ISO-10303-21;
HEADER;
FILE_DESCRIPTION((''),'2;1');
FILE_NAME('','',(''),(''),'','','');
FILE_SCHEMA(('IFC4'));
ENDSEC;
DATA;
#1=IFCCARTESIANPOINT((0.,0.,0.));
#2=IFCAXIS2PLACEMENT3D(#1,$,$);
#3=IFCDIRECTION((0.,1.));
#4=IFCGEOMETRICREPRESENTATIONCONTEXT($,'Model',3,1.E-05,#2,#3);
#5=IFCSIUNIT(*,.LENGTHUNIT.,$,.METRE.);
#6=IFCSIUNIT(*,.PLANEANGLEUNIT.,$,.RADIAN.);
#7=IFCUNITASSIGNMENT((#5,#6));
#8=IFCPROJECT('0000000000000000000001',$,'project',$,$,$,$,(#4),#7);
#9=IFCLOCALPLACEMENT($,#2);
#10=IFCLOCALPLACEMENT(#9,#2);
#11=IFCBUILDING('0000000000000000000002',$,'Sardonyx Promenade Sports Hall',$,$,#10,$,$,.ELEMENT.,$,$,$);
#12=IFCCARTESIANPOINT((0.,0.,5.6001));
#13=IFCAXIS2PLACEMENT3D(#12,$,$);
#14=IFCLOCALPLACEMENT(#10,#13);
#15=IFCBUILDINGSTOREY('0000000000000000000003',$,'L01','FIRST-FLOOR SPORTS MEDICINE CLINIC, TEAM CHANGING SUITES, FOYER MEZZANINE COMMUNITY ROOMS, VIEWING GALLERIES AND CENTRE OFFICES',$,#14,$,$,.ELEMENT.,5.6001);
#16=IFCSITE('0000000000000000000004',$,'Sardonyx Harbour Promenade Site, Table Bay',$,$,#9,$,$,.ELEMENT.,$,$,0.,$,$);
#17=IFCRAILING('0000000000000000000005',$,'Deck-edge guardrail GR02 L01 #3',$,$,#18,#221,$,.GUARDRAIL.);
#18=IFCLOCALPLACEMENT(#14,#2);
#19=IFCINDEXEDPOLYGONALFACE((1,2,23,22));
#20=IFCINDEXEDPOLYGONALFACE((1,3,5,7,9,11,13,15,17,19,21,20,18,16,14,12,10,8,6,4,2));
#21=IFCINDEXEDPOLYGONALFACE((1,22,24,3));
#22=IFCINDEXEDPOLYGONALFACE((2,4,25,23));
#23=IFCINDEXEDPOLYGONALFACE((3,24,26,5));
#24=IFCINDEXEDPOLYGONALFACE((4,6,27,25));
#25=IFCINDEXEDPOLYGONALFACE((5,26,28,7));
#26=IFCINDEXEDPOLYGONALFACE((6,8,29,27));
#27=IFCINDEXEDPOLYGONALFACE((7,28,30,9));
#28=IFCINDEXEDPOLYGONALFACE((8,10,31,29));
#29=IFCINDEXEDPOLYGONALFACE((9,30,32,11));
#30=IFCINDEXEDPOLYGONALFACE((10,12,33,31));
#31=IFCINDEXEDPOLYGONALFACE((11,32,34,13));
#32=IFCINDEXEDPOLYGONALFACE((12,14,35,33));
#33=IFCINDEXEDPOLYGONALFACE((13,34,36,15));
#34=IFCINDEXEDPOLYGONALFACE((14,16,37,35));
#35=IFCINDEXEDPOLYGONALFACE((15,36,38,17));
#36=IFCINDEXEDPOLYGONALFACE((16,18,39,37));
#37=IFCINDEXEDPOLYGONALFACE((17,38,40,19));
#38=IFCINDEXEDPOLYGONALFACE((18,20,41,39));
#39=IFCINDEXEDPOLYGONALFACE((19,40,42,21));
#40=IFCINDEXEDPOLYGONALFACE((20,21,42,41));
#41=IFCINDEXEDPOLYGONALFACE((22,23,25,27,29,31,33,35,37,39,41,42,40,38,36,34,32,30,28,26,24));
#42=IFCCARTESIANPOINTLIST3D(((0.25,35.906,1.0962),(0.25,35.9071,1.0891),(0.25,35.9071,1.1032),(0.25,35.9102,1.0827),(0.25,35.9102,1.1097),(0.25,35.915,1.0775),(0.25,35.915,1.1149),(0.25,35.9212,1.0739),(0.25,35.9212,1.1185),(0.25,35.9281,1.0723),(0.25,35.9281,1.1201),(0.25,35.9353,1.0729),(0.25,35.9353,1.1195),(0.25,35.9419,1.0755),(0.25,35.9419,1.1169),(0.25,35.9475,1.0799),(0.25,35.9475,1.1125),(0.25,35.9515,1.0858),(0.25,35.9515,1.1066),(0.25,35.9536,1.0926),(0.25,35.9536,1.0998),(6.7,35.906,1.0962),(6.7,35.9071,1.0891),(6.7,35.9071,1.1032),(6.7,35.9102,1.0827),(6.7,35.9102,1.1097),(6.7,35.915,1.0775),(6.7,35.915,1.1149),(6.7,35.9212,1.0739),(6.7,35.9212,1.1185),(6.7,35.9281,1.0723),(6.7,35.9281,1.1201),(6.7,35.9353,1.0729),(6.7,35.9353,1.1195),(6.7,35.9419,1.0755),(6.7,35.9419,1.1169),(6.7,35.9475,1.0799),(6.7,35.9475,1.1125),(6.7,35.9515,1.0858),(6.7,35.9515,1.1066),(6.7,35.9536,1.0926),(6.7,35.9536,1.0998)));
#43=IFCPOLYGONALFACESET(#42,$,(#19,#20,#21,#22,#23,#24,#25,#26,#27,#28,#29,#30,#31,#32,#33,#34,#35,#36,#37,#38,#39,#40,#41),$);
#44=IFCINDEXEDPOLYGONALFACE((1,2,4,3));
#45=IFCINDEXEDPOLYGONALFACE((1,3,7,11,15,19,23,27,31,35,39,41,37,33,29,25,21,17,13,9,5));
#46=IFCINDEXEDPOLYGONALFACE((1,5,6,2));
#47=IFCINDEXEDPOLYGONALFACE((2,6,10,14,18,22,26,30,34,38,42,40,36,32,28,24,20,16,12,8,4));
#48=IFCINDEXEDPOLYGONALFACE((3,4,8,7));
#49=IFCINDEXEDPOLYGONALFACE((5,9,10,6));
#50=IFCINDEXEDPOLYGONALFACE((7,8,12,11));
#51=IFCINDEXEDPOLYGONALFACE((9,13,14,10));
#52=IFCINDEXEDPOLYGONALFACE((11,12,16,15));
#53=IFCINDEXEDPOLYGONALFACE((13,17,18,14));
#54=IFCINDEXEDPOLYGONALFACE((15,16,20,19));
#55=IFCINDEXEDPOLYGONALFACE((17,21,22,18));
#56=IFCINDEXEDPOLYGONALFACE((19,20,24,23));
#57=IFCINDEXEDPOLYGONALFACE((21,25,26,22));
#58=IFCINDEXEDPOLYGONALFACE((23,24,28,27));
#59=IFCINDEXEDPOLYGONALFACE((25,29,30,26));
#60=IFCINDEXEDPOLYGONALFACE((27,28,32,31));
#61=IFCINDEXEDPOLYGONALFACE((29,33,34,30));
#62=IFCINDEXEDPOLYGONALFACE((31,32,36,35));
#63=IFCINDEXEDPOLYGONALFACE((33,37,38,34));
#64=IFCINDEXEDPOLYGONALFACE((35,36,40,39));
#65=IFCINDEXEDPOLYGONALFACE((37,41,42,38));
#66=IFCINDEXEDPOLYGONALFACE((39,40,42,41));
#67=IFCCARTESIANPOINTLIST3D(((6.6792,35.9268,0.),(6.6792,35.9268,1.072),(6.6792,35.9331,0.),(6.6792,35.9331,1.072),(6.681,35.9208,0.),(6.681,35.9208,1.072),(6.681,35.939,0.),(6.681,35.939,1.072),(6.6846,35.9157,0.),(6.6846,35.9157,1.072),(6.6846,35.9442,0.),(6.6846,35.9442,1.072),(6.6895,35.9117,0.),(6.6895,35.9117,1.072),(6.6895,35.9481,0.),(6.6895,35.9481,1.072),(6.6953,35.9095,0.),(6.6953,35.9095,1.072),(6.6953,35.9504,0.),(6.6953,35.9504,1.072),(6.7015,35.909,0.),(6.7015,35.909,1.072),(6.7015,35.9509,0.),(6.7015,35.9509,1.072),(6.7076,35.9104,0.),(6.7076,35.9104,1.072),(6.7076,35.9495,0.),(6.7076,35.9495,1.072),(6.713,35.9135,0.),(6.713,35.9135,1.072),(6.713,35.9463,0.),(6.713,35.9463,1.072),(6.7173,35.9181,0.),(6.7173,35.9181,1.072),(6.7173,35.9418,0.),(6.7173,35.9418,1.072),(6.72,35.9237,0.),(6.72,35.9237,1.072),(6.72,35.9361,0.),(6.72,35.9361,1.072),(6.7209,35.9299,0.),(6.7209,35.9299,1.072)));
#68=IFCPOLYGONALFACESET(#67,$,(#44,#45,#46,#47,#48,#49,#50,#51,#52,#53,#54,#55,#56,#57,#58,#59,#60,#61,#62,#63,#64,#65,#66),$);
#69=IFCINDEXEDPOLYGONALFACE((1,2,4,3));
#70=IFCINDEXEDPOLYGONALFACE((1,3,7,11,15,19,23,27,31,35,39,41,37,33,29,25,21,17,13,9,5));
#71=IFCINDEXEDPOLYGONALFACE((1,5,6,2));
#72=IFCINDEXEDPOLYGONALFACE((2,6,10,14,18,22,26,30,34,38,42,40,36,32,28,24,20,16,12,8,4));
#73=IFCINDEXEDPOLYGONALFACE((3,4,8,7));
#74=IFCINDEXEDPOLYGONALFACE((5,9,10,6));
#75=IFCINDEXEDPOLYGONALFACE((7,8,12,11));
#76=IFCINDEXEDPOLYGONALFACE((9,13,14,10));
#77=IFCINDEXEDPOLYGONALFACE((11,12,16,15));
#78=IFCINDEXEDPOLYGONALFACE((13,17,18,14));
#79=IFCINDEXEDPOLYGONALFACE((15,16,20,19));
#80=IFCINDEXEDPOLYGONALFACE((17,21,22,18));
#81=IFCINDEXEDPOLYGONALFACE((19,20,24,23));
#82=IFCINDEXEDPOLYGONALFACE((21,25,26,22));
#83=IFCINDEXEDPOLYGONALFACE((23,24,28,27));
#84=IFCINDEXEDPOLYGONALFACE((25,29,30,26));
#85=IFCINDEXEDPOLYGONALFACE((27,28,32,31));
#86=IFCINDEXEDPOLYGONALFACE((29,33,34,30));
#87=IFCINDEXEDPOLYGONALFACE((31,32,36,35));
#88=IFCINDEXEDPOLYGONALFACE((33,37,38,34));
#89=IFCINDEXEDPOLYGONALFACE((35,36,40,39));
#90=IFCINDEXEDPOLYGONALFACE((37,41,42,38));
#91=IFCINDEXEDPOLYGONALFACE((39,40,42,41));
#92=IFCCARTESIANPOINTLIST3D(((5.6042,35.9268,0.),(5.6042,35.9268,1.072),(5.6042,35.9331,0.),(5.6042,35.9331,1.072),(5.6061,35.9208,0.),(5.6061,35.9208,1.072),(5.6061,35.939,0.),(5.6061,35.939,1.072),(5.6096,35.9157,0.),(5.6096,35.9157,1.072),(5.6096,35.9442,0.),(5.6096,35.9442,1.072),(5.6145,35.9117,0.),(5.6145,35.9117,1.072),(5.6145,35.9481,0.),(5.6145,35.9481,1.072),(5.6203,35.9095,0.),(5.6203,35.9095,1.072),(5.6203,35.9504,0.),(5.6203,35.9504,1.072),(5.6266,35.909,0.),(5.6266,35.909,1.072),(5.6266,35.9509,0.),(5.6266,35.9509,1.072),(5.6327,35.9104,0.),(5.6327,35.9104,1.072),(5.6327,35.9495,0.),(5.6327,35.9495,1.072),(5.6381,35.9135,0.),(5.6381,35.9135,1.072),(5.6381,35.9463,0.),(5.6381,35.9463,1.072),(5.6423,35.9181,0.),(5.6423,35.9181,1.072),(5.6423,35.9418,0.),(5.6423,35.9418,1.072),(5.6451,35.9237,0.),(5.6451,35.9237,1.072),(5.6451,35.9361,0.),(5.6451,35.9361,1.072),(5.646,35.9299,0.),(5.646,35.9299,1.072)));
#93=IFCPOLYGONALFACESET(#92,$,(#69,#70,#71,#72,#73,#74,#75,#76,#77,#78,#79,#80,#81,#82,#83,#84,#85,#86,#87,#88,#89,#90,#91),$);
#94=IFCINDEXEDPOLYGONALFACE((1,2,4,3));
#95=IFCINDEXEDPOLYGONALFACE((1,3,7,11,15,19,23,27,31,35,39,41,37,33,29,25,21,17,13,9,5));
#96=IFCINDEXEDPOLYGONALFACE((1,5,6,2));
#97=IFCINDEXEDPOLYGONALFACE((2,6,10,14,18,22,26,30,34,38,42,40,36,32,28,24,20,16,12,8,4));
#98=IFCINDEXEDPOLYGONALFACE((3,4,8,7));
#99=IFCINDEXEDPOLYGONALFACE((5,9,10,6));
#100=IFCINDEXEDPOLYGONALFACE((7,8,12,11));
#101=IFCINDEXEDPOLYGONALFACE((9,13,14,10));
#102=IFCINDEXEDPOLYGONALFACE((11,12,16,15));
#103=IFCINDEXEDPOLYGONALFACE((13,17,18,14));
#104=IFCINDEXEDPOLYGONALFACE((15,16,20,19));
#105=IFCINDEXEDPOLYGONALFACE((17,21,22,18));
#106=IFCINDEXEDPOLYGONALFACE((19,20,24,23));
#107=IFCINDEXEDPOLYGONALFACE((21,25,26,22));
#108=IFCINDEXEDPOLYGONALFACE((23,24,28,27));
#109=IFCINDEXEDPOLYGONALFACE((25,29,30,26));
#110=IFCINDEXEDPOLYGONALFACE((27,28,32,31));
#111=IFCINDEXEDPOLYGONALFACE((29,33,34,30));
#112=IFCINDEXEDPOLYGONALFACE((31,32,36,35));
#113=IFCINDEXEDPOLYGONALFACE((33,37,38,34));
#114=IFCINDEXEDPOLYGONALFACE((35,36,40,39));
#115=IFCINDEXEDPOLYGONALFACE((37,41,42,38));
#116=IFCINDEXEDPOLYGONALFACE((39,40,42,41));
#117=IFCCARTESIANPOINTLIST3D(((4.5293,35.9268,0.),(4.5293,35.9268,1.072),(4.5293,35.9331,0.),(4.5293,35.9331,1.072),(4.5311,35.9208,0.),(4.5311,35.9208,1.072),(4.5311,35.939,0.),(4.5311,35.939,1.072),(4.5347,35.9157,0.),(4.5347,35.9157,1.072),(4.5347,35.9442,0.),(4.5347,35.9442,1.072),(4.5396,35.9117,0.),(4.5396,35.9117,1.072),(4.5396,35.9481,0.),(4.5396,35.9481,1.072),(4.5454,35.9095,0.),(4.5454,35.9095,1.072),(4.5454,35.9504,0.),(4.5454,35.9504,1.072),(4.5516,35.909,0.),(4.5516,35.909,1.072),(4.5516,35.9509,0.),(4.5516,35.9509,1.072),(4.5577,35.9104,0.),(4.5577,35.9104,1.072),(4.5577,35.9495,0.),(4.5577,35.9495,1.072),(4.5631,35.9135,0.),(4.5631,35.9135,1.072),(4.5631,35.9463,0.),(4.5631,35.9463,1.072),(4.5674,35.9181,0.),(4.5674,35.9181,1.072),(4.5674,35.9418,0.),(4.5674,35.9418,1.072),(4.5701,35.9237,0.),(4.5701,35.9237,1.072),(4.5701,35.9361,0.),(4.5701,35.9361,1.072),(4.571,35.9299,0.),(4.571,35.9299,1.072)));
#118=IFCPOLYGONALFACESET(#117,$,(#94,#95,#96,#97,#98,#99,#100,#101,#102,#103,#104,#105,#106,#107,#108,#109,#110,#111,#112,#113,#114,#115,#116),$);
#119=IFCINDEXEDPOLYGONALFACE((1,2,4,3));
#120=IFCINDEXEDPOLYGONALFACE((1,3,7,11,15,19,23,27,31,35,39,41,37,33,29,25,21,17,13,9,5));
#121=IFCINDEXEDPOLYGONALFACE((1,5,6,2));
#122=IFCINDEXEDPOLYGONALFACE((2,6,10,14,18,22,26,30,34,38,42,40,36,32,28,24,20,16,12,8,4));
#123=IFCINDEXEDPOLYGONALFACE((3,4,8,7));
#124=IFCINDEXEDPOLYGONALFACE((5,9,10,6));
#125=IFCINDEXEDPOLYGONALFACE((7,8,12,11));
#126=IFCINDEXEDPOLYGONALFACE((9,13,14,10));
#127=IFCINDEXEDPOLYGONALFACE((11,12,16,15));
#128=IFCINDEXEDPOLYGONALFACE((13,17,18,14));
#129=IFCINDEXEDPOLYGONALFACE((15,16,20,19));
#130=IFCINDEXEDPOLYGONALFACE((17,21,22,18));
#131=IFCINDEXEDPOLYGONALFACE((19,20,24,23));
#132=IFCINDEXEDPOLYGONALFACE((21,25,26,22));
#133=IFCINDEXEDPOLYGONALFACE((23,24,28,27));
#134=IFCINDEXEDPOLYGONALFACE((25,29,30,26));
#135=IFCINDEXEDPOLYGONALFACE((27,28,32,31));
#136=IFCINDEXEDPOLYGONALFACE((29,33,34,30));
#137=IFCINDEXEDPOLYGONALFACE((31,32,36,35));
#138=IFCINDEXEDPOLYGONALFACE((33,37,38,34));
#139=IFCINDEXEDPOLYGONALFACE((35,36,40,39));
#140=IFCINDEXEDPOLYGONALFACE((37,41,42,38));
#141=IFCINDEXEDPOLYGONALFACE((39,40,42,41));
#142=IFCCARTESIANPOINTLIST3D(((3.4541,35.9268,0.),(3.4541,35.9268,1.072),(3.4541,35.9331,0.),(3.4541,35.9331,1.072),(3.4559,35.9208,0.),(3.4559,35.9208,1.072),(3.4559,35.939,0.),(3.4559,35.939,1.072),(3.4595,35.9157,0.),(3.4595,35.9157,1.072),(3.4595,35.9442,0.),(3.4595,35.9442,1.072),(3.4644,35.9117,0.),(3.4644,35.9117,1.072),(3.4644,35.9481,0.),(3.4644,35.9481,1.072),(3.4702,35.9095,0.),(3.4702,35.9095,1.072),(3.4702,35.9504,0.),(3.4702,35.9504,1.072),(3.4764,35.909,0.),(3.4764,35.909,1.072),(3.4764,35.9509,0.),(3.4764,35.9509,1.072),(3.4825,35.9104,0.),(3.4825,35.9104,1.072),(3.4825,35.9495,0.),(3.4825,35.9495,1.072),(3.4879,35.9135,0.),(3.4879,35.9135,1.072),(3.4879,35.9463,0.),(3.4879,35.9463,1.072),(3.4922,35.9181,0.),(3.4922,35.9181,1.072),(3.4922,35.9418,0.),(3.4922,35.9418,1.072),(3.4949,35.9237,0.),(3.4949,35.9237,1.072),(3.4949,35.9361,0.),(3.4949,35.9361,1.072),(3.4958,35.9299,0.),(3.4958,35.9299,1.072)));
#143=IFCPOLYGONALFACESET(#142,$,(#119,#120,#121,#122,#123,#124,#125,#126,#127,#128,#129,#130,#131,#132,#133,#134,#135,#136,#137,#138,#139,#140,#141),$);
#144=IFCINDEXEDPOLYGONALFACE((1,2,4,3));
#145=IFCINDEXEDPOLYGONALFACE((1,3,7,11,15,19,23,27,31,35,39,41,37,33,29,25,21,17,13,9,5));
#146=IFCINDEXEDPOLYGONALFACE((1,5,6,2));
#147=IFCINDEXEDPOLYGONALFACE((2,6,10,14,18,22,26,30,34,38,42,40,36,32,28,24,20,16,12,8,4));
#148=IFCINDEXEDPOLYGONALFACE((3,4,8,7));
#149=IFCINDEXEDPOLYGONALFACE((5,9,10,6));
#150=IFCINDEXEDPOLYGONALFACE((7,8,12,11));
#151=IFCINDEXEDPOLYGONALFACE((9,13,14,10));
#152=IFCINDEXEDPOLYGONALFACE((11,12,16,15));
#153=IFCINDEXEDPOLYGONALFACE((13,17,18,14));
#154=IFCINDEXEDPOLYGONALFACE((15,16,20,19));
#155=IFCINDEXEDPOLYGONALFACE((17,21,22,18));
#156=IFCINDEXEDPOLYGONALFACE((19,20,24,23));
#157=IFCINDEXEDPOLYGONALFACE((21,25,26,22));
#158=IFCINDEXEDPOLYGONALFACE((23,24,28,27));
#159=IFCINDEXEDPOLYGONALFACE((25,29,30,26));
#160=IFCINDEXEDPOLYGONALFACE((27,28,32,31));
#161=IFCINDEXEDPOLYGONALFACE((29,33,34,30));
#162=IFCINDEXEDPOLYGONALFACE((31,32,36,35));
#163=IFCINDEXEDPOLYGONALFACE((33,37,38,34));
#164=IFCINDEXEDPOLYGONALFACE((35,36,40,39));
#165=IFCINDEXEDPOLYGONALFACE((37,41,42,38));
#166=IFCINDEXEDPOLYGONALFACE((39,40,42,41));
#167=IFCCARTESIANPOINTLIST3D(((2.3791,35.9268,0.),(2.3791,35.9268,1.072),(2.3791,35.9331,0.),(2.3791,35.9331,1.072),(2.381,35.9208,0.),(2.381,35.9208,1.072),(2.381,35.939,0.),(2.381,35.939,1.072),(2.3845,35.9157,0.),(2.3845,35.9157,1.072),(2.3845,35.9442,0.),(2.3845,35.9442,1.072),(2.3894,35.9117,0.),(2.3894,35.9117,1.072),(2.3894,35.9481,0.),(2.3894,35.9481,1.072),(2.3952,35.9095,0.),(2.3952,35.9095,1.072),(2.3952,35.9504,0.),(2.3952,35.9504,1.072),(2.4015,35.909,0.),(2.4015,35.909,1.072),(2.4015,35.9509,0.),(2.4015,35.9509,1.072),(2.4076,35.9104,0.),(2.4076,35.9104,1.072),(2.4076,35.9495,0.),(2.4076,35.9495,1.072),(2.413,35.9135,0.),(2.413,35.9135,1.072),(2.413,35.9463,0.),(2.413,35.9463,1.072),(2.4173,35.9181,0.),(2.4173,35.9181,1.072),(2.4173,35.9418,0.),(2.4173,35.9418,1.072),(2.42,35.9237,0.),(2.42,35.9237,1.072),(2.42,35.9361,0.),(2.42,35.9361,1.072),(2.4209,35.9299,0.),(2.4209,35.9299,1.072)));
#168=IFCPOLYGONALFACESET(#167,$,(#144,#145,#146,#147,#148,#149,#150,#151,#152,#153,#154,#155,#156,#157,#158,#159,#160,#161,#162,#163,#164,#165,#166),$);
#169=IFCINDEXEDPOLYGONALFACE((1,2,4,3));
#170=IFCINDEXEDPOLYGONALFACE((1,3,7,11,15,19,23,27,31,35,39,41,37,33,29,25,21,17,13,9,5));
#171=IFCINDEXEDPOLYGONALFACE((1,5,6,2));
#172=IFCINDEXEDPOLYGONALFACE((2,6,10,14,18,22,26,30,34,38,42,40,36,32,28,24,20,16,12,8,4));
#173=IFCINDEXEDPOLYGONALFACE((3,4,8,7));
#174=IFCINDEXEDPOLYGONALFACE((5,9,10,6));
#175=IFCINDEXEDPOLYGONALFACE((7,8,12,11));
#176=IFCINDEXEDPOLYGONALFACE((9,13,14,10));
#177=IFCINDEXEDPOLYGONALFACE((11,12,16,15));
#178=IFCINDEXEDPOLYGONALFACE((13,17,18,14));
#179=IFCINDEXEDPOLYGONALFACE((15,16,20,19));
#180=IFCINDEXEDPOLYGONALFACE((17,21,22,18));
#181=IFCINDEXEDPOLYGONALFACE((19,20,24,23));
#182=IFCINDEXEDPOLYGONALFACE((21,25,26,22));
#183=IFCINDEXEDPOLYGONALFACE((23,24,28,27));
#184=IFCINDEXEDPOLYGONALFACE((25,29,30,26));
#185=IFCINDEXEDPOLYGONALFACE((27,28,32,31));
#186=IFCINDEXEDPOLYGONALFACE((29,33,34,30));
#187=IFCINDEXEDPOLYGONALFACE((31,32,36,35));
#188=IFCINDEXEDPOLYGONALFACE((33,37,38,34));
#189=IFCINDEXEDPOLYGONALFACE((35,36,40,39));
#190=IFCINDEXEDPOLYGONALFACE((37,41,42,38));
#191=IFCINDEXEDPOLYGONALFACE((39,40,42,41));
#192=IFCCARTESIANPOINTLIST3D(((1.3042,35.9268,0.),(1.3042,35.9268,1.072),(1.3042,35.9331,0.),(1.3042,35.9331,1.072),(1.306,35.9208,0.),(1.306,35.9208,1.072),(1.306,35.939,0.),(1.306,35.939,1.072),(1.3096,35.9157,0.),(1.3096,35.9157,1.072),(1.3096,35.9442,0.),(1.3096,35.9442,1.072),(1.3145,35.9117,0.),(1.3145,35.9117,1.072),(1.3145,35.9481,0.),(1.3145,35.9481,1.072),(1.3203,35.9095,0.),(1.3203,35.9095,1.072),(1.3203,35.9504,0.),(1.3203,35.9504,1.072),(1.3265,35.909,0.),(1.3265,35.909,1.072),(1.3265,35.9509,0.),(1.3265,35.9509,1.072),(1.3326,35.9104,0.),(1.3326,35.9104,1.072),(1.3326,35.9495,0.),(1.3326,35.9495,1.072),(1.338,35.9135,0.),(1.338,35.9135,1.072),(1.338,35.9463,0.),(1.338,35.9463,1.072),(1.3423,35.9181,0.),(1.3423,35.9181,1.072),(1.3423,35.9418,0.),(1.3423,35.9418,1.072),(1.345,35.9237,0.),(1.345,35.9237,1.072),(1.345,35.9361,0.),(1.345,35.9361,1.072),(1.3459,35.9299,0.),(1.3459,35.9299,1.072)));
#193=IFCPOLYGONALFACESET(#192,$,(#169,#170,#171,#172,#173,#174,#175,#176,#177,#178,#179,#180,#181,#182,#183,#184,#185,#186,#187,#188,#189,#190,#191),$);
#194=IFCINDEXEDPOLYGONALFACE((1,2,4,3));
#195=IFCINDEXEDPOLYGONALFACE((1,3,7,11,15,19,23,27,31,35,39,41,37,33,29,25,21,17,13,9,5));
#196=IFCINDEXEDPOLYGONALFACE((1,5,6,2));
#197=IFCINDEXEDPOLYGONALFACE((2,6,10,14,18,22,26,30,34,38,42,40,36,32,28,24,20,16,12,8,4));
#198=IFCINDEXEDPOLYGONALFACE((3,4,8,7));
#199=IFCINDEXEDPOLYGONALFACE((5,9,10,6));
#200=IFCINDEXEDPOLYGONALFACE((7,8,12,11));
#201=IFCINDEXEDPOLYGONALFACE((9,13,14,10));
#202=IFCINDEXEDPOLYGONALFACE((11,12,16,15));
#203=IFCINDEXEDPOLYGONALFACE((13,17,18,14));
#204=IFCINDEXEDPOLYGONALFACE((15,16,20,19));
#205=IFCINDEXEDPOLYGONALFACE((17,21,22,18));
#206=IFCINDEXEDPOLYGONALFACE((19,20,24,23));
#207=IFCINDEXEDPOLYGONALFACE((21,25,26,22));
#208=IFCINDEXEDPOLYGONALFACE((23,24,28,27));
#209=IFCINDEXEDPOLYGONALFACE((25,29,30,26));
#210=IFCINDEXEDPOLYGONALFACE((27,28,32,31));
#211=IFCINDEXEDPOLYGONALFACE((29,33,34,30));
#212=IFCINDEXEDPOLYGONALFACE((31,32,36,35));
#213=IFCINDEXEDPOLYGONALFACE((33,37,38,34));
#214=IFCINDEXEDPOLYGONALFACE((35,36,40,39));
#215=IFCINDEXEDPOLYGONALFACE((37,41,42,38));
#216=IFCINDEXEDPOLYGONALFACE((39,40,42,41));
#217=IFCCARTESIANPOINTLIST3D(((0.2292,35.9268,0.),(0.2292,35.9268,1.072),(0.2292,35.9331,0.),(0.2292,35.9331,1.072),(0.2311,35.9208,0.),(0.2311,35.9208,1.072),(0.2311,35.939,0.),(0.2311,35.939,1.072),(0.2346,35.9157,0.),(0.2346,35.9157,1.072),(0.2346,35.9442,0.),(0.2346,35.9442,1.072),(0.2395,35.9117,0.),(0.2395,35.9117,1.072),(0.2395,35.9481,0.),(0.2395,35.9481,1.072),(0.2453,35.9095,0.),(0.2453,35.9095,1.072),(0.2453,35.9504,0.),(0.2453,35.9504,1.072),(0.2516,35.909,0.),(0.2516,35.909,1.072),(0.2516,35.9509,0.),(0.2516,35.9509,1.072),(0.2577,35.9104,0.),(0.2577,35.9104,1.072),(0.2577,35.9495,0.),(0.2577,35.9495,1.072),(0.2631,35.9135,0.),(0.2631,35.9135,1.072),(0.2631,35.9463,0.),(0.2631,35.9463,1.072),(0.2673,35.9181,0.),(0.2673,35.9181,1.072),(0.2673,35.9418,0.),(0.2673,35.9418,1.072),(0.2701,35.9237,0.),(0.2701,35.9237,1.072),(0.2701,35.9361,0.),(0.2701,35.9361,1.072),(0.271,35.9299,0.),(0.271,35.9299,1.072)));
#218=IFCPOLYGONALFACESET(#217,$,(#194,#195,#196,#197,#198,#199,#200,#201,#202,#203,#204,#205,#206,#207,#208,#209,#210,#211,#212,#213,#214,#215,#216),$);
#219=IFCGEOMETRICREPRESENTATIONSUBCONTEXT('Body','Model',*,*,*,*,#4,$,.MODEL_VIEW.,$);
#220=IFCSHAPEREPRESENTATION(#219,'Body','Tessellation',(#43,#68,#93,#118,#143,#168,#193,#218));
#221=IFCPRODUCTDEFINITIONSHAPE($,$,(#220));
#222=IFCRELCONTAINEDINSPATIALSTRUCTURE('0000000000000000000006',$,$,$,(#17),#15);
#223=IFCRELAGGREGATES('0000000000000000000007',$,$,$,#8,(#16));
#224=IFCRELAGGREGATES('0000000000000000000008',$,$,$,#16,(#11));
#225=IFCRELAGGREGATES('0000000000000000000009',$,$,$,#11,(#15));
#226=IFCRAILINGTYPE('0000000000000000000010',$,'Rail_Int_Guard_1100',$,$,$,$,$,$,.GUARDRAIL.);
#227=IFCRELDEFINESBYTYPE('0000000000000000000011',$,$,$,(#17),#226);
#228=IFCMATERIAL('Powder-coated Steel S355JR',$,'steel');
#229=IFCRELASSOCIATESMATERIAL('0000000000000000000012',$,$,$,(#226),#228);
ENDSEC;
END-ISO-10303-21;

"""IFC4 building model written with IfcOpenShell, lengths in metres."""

from ifc_helpers import new_model, si_unit, direction, frame, origin, origin_2d, place, context, subcontext, project, spatial, circle, extrude, material, type_object, element, save


model = new_model("IFC4")

# Units and contexts
model_context = context("Model", 3, precision=1e-05, world=origin(), true_north=direction((0.0, 1.0)))
body_context = subcontext(model_context, "Body", "Model", "MODEL_VIEW")
ifc_project = project(units=[si_unit("LENGTHUNIT", "METRE"), si_unit("PLANEANGLEUNIT", "RADIAN")], contexts=[model_context])

# Site, building, storey
site_placement = place(None, origin())
site = spatial("IfcSite", under=ifc_project, at=site_placement, Name="Sardonyx Harbour Promenade Site, Table Bay", CompositionType="ELEMENT", RefElevation=0.0)
building_placement = place(site_placement, origin())
building = spatial("IfcBuilding", under=site, at=building_placement, Name="Sardonyx Promenade Sports Hall", CompositionType="ELEMENT")
storey_placement = place(building_placement, frame((0.0, 0.0, 5.6001)))
storey = spatial("IfcBuildingStorey", under=building, at=storey_placement, Name="L01", Description="FIRST-FLOOR SPORTS MEDICINE CLINIC, TEAM CHANGING SUITES, FOYER MEZZANINE COMMUNITY ROOMS, VIEWING GALLERIES AND CENTRE OFFICES", CompositionType="ELEMENT", Elevation=5.6001)

# Railing
ifc_material_1 = material(Name="Powder-coated Steel S355JR", Category="steel")
railing_type = type_object("IfcRailingType", Name="Rail_Int_Guard_1100", PredefinedType="GUARDRAIL", material=ifc_material_1)
railing_1_placement = place(storey_placement, frame((6.7, 35.9299, 0.0)))
element("IfcRailing", 1, at=railing_1_placement, inside=storey, type_object=railing_type, Name="Deck-edge guardrail GR02 L01 #3", PredefinedType="GUARDRAIL", context=body_context, shape_type="SweptSolid", body=[
    extrude(circle(Radius=0.0239, at=origin_2d()), frame((0.0, 0.0, 1.0962), z_axis=(-1.0, 0.0, 0.0), x_axis=(0.0, -1.0, 0.0)), (0.0, 0.0, 1.0), 6.45),
    extrude(circle(Radius=0.021, at=origin_2d()), origin(), (0.0, 0.0, 1.0), 1.072),
    extrude(circle(Radius=0.021, at=origin_2d()), frame((-1.075, 0.0, 0.0)), (0.0, 0.0, 1.0), 1.072),
    extrude(circle(Radius=0.021, at=origin_2d()), frame((-2.1499, 0.0, 0.0)), (0.0, 0.0, 1.0), 1.072),
    extrude(circle(Radius=0.021, at=origin_2d()), frame((-3.2251, 0.0, 0.0)), (0.0, 0.0, 1.0), 1.072),
    extrude(circle(Radius=0.021, at=origin_2d()), frame((-4.3, 0.0, 0.0)), (0.0, 0.0, 1.0), 1.072),
    extrude(circle(Radius=0.021, at=origin_2d()), frame((-5.375, 0.0, 0.0)), (0.0, 0.0, 1.0), 1.072),
    extrude(circle(Radius=0.021, at=origin_2d()), frame((-6.45, 0.0, 0.0)), (0.0, 0.0, 1.0), 1.072),
])

save(model, "model.ifc")
